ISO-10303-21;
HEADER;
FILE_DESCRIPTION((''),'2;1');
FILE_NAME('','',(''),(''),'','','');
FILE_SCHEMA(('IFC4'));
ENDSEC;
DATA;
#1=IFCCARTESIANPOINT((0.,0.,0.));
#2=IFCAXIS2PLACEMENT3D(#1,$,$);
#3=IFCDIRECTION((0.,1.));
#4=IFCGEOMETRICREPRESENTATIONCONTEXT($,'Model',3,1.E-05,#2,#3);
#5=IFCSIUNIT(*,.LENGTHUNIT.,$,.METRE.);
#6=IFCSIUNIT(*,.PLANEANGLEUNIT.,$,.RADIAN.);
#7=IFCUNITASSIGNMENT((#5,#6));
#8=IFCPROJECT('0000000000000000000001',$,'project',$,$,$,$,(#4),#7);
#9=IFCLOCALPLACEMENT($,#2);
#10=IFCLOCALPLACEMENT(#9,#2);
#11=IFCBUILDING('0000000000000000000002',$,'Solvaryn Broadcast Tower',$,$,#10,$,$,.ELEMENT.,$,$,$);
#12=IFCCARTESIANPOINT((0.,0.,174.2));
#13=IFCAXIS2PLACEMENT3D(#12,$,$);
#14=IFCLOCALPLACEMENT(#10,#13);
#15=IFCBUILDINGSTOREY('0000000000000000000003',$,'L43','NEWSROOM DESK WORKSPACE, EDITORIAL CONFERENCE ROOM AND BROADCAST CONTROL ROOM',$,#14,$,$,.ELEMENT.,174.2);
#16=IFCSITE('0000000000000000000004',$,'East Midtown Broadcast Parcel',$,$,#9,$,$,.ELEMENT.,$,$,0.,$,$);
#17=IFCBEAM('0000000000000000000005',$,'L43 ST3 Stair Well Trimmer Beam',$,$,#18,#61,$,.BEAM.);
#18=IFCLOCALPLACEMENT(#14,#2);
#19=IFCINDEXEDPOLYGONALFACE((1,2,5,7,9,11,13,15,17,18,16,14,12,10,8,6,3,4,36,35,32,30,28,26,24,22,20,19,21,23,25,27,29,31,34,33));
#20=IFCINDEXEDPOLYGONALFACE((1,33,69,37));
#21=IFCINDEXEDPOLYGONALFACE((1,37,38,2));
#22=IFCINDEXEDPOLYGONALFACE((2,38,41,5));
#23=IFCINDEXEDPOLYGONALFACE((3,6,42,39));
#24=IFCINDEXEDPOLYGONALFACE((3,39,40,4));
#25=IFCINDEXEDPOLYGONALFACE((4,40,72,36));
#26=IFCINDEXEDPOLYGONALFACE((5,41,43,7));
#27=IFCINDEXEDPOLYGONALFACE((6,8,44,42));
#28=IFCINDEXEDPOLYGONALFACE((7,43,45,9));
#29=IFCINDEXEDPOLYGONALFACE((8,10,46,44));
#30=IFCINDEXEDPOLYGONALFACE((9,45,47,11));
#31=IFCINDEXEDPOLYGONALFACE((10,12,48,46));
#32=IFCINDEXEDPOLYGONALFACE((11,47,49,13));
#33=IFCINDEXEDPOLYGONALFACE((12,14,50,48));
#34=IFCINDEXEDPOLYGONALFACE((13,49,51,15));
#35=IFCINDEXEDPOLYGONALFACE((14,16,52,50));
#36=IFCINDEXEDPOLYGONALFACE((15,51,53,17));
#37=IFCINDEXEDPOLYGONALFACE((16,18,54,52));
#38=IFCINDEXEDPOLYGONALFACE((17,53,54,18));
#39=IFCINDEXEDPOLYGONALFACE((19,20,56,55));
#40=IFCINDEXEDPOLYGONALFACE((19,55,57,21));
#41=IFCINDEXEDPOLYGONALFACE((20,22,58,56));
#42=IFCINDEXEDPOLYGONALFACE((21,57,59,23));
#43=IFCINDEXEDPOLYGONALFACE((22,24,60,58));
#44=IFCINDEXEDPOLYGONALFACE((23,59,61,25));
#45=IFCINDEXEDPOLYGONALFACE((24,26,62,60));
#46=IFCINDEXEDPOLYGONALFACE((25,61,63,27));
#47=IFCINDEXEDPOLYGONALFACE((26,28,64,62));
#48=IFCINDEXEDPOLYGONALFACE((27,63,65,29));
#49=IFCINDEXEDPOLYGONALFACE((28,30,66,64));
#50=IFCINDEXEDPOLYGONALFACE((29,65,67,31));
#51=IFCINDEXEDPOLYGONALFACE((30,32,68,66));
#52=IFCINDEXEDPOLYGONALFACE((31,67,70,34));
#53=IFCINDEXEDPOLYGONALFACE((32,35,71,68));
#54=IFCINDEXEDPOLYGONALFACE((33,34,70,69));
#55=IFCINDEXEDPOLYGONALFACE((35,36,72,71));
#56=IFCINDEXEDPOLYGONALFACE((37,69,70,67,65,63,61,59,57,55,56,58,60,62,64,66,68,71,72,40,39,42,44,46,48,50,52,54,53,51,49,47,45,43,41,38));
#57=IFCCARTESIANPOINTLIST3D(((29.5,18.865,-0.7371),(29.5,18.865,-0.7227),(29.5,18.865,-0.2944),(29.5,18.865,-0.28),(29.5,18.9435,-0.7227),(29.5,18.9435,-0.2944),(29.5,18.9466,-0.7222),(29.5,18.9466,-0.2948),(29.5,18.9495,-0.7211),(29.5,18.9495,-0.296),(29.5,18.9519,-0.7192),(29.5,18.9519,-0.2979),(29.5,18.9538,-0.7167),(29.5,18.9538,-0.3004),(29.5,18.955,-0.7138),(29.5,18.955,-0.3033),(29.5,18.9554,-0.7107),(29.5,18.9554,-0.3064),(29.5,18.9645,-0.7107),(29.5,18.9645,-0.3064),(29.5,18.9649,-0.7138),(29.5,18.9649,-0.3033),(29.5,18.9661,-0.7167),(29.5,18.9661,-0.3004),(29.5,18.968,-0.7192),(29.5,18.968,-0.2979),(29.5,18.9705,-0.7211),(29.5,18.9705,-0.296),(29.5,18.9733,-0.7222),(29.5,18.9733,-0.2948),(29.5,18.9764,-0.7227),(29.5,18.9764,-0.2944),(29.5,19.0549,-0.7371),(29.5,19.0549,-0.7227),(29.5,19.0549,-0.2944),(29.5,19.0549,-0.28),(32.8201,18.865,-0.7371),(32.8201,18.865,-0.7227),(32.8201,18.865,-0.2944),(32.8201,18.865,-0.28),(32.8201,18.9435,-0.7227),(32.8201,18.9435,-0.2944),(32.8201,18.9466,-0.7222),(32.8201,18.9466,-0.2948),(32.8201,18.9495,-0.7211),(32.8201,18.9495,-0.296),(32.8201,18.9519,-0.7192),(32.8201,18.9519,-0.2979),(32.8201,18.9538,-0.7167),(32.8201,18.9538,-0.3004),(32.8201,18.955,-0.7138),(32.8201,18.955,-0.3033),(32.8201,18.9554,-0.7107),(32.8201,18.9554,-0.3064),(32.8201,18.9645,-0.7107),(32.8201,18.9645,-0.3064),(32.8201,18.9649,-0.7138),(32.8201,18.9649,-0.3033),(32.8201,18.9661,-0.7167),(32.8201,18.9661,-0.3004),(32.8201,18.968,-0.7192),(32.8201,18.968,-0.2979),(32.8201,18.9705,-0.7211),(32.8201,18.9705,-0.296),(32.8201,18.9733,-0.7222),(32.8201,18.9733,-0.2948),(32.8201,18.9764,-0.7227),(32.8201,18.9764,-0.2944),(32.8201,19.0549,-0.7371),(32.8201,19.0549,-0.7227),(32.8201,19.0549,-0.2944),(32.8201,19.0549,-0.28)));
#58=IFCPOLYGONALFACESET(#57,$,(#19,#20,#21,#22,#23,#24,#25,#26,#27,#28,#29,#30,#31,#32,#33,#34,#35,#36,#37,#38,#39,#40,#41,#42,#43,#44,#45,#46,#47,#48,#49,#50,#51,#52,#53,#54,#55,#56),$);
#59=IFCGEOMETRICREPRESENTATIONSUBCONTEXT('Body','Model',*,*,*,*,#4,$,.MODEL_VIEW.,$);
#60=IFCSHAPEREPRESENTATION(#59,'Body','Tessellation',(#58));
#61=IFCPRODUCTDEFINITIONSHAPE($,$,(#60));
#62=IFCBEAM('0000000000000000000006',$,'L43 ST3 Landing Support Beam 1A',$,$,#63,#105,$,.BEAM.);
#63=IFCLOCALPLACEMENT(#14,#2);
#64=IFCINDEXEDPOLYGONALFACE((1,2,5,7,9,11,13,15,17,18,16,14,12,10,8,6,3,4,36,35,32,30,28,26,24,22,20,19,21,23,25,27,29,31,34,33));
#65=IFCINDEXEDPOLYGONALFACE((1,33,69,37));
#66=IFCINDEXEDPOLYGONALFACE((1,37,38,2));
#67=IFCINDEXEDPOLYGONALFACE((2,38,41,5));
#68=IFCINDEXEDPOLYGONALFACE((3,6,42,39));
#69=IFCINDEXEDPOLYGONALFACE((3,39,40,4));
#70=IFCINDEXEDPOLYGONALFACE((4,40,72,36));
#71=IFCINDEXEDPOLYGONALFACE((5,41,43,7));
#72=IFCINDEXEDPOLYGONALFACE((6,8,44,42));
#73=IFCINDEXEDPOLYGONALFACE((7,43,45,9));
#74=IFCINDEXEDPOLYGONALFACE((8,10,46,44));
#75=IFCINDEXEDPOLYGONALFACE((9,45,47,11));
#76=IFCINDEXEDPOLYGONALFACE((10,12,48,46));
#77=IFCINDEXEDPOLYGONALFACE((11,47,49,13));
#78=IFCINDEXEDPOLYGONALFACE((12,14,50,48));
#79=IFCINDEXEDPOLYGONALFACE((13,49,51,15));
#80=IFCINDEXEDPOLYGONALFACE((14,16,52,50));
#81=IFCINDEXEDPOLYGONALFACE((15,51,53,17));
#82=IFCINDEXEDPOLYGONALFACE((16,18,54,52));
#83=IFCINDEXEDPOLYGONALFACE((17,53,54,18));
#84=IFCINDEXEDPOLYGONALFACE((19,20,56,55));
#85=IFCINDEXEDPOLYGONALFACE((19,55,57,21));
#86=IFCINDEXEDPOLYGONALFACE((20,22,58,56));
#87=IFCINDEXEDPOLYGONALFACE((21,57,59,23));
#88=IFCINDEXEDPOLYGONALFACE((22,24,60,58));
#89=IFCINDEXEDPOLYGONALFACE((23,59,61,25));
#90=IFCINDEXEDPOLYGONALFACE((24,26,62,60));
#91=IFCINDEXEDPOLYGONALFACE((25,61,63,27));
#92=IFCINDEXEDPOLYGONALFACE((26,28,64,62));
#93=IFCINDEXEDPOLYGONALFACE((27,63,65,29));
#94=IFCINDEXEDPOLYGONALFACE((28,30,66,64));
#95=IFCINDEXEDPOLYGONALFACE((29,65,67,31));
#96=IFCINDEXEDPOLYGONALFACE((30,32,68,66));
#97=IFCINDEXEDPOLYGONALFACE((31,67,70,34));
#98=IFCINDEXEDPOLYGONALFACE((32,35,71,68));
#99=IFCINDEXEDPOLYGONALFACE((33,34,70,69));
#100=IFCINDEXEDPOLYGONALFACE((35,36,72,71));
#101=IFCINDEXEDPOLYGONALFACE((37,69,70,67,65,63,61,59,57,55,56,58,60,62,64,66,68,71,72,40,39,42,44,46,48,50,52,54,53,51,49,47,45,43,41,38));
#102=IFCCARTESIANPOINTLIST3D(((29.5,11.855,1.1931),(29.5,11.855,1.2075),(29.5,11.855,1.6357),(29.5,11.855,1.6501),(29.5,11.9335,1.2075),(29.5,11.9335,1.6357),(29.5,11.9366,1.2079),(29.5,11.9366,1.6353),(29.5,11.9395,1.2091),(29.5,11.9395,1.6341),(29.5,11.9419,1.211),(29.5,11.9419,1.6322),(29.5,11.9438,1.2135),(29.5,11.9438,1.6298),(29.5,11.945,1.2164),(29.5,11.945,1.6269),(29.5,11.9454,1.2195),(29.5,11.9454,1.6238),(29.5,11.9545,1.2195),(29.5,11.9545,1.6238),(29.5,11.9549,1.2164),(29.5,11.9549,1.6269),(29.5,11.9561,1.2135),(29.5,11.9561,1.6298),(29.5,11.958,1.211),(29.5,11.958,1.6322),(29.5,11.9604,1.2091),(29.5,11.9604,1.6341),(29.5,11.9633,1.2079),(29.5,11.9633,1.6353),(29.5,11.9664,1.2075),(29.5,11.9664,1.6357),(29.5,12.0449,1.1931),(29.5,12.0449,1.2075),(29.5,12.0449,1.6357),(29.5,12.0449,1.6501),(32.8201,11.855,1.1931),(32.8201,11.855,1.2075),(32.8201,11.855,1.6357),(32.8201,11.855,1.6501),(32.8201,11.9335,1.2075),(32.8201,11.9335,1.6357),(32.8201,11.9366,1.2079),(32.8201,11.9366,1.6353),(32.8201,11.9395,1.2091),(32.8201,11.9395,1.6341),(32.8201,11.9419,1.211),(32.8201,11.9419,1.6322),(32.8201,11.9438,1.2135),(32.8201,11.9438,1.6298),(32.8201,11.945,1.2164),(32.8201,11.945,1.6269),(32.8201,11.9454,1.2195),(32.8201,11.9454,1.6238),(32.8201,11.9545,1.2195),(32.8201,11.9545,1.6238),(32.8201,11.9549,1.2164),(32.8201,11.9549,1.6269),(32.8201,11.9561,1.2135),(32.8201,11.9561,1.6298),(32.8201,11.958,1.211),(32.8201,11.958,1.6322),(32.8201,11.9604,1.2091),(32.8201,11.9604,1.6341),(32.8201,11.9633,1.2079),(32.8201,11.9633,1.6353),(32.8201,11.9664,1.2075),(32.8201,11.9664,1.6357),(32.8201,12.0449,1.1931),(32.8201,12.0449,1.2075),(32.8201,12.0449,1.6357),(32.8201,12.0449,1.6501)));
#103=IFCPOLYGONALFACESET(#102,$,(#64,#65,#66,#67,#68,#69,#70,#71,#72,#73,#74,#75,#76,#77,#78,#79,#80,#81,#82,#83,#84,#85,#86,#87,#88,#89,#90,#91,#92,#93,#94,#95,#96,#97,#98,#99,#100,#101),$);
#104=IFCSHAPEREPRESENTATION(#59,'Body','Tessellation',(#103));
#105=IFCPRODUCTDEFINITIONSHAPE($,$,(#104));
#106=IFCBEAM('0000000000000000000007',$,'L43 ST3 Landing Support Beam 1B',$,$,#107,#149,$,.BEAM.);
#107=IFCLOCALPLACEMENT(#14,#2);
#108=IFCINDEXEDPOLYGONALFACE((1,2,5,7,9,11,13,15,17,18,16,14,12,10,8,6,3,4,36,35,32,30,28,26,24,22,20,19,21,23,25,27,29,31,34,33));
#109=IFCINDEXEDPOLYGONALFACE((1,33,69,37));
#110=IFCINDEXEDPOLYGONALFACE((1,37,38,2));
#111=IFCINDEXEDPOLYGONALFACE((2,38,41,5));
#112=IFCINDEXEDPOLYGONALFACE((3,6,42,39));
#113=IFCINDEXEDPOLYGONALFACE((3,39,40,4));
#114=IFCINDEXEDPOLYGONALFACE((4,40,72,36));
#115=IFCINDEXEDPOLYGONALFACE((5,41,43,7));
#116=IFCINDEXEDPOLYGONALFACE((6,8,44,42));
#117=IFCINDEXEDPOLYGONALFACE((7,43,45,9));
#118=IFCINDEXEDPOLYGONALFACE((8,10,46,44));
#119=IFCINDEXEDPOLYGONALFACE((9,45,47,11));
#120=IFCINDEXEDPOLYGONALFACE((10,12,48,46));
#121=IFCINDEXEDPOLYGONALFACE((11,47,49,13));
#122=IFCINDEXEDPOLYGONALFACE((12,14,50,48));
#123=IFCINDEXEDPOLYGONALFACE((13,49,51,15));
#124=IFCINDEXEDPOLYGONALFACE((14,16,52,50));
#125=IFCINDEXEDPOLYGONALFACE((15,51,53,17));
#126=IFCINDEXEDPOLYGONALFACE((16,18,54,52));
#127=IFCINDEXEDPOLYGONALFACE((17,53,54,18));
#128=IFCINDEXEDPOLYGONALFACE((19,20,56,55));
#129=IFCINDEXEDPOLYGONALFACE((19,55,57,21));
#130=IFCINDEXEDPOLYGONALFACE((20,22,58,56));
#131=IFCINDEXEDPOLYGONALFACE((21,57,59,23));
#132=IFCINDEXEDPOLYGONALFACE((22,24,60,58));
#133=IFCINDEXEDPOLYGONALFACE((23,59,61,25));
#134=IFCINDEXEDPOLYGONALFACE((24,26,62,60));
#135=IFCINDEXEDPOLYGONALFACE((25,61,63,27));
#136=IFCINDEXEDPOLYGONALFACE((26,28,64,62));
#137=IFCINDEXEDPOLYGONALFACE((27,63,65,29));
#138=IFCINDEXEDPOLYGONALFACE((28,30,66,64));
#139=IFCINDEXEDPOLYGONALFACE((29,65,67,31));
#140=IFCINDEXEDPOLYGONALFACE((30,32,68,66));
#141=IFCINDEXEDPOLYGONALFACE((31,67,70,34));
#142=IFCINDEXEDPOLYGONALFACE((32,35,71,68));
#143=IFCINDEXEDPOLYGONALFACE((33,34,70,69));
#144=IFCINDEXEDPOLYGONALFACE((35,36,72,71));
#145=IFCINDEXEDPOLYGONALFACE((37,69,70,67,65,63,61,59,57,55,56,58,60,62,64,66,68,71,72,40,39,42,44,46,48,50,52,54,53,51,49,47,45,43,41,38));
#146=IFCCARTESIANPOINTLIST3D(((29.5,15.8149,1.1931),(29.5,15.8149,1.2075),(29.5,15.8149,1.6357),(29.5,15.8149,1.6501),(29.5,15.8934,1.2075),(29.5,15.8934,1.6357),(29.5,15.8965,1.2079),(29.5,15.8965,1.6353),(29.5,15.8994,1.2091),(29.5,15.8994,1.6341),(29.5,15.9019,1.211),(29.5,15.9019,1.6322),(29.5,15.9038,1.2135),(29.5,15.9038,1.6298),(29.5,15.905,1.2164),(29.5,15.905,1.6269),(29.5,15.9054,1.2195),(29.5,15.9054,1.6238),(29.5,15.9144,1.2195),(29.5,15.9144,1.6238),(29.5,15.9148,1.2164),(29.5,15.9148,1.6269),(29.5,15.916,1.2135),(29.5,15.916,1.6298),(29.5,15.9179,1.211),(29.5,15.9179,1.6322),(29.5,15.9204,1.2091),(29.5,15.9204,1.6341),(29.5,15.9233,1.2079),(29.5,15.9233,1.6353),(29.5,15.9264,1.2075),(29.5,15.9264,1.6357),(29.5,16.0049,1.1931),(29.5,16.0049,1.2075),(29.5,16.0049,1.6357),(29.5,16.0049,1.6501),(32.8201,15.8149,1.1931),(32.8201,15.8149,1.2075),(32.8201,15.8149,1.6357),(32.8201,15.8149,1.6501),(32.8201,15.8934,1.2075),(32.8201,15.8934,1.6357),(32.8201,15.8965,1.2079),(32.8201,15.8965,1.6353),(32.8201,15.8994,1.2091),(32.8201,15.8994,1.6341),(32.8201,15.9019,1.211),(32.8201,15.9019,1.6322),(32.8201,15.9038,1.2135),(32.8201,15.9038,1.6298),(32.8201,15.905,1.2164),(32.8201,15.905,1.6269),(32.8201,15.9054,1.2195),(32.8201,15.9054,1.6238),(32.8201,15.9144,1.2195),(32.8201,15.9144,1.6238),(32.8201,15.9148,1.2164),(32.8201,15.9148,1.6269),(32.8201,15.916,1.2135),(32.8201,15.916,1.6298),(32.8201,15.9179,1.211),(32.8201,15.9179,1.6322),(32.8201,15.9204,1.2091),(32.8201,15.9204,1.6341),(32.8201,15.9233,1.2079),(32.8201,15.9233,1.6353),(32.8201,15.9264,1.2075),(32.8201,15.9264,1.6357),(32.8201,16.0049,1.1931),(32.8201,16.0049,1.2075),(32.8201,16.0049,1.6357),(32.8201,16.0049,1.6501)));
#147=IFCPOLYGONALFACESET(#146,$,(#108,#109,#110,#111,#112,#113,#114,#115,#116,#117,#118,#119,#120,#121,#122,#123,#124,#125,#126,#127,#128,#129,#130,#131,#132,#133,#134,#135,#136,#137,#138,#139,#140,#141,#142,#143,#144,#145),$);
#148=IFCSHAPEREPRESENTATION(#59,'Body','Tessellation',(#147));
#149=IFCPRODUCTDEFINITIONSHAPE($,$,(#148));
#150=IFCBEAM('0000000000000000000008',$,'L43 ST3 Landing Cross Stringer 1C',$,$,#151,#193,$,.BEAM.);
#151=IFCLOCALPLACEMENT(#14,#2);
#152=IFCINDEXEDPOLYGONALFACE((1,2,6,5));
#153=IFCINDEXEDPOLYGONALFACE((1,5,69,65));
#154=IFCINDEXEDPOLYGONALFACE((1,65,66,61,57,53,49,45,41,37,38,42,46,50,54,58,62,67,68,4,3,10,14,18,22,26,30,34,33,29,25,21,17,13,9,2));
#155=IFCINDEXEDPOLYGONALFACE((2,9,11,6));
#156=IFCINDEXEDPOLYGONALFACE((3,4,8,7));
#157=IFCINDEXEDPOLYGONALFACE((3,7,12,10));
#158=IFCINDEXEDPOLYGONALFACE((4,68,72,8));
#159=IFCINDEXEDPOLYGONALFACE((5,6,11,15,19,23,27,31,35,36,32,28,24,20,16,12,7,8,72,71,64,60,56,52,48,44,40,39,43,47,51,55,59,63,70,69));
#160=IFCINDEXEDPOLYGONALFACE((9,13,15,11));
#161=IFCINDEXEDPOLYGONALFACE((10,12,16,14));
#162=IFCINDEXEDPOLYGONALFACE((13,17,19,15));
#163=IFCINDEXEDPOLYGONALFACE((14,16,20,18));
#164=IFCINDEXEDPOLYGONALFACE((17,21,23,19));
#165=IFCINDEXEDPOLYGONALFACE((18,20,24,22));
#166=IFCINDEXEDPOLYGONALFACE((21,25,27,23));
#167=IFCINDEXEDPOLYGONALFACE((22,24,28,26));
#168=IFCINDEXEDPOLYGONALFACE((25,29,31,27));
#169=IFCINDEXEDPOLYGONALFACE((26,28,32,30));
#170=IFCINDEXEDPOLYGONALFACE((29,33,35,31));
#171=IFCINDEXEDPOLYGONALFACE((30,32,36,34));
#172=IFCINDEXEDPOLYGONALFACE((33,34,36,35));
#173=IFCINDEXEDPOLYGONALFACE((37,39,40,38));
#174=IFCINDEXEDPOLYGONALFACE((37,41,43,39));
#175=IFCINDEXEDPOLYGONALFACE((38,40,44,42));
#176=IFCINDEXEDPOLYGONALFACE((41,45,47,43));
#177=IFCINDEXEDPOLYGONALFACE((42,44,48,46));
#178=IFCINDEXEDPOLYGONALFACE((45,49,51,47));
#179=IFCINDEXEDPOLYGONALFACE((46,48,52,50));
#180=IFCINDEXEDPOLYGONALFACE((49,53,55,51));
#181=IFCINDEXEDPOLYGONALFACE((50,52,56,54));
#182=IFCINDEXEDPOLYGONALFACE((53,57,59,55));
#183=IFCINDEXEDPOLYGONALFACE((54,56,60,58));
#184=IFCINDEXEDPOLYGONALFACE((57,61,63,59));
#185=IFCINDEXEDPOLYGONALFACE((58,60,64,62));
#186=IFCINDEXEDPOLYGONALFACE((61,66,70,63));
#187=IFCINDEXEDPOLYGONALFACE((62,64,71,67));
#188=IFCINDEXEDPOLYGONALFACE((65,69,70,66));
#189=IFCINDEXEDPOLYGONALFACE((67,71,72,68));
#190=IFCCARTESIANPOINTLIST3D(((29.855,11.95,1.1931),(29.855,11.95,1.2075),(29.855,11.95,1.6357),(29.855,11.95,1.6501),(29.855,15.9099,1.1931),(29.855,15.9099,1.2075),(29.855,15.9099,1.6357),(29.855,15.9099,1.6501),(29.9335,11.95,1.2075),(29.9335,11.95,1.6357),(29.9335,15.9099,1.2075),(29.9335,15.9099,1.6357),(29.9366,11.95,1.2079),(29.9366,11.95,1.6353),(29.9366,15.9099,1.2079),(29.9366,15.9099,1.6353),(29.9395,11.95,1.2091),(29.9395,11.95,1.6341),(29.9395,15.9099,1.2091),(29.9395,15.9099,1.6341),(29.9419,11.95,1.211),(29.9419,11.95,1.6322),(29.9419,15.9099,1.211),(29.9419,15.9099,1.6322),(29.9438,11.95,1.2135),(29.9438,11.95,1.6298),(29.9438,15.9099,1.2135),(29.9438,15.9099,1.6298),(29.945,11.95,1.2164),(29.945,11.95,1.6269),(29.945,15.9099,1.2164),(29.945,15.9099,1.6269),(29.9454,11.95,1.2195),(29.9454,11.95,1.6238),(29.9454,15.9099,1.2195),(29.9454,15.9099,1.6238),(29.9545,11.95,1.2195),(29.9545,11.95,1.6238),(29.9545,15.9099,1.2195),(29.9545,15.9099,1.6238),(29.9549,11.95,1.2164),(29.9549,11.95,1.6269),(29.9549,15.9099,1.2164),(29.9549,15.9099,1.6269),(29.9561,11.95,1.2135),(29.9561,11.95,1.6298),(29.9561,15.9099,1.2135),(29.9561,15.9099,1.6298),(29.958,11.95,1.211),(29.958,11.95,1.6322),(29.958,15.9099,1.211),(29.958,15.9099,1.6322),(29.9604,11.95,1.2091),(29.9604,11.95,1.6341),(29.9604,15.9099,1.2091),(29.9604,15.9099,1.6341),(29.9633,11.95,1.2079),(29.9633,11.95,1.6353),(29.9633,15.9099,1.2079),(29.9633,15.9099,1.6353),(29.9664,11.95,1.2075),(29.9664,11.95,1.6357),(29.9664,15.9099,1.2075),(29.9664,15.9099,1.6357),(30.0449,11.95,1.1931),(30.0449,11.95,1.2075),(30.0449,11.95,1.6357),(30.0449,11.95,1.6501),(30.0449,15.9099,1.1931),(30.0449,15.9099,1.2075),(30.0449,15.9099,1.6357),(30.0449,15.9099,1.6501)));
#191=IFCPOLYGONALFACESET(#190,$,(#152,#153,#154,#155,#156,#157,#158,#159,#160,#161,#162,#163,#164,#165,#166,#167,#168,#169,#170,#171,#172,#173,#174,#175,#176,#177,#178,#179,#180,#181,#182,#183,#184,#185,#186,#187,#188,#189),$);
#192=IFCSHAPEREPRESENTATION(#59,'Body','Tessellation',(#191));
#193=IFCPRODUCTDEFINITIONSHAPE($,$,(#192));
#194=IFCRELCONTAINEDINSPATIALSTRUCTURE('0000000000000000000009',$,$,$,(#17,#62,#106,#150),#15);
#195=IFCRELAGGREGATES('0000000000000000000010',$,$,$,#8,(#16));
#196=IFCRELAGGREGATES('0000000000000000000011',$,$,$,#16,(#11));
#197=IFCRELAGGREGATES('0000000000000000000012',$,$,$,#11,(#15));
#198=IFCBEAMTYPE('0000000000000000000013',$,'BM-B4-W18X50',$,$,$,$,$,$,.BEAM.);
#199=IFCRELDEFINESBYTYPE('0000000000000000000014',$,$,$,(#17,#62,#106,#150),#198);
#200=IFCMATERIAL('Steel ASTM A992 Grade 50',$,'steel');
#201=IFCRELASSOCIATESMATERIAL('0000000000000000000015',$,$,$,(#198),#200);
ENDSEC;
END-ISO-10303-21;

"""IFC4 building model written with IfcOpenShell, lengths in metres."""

from ifc_helpers import new_model, si_unit, direction, frame, origin, origin_2d, place, context, subcontext, project, spatial, i_section, extrude, material, material_profile, profile_set, type_object, element, save


model = new_model("IFC4")

# Units and contexts
model_context = context("Model", 3, precision=1e-05, world=origin(), true_north=direction((0.0, 1.0)))
body_context = subcontext(model_context, "Body", "Model", "MODEL_VIEW")
ifc_project = project(units=[si_unit("LENGTHUNIT", "METRE"), si_unit("PLANEANGLEUNIT", "RADIAN")], contexts=[model_context])

# Site, building, storey
site_placement = place(None, origin())
site = spatial("IfcSite", under=ifc_project, at=site_placement, Name="East Midtown Broadcast Parcel", CompositionType="ELEMENT", RefElevation=0.0)
building_placement = place(site_placement, origin())
building = spatial("IfcBuilding", under=site, at=building_placement, Name="Solvaryn Broadcast Tower", CompositionType="ELEMENT")
storey_placement = place(building_placement, frame((0.0, 0.0, 174.2)))
storey = spatial("IfcBuildingStorey", under=building, at=storey_placement, Name="L43", Description="NEWSROOM DESK WORKSPACE, EDITORIAL CONFERENCE ROOM AND BROADCAST CONTROL ROOM", CompositionType="ELEMENT", Elevation=174.2)

# Beams
ifc_material_1 = material(Name="Steel ASTM A992 Grade 50", Category="steel")
ifc_material_profile_1 = material_profile(ifc_material_1, i_section(OverallWidth=0.1899, OverallDepth=0.457, WebThickness=0.009, FlangeThickness=0.0144, FilletRadius=0.012, at=origin_2d()))
ifc_profile_set_1 = profile_set([ifc_material_profile_1], Name="Steel ASTM A992 Grade 50")
beam_type_1 = type_object("IfcBeamType", Name="BM-B4-W18X50", PredefinedType="BEAM", material=ifc_profile_set_1)
for number, where, z_axis, x_axis, name in (
    (1, (29.5, 18.96, -0.5085), (1.0, 0.0, 0.0), (0.0, 1.0, 0.0), "L43 ST3 Stair Well Trimmer Beam"),
    (2, (29.5, 11.95, 1.4216), (1.0, 0.0, 0.0), (0.0, 1.0, 0.0), "L43 ST3 Landing Support Beam 1A"),
    (3, (29.5, 15.9099, 1.4216), (1.0, 0.0, 0.0), (0.0, 1.0, 0.0), "L43 ST3 Landing Support Beam 1B"),
):
    element("IfcBeam", number, at=place(storey_placement, frame(where, z_axis=z_axis, x_axis=x_axis)), inside=storey, type_object=beam_type_1, Name=name, PredefinedType="BEAM", context=body_context, shape_type="SweptSolid", body=[
        extrude(i_section(OverallWidth=0.1899, OverallDepth=0.457, WebThickness=0.009, FlangeThickness=0.0144, FilletRadius=0.012, at=origin_2d()), origin(), (0.0, 0.0, 1.0), 3.3201),
    ])
beam_1_placement = place(storey_placement, frame((29.95, 11.95, 1.4216), z_axis=(0.0, 1.0, 0.0), x_axis=(-1.0, 0.0, 0.0)))
element("IfcBeam", 4, at=beam_1_placement, inside=storey, type_object=beam_type_1, Name="L43 ST3 Landing Cross Stringer 1C", PredefinedType="BEAM", context=body_context, shape_type="SweptSolid", body=[
    extrude(i_section(OverallWidth=0.1899, OverallDepth=0.457, WebThickness=0.009, FlangeThickness=0.0144, FilletRadius=0.012, at=origin_2d()), origin(), (0.0, 0.0, 1.0), 3.96),
])

save(model, "model.ifc")
